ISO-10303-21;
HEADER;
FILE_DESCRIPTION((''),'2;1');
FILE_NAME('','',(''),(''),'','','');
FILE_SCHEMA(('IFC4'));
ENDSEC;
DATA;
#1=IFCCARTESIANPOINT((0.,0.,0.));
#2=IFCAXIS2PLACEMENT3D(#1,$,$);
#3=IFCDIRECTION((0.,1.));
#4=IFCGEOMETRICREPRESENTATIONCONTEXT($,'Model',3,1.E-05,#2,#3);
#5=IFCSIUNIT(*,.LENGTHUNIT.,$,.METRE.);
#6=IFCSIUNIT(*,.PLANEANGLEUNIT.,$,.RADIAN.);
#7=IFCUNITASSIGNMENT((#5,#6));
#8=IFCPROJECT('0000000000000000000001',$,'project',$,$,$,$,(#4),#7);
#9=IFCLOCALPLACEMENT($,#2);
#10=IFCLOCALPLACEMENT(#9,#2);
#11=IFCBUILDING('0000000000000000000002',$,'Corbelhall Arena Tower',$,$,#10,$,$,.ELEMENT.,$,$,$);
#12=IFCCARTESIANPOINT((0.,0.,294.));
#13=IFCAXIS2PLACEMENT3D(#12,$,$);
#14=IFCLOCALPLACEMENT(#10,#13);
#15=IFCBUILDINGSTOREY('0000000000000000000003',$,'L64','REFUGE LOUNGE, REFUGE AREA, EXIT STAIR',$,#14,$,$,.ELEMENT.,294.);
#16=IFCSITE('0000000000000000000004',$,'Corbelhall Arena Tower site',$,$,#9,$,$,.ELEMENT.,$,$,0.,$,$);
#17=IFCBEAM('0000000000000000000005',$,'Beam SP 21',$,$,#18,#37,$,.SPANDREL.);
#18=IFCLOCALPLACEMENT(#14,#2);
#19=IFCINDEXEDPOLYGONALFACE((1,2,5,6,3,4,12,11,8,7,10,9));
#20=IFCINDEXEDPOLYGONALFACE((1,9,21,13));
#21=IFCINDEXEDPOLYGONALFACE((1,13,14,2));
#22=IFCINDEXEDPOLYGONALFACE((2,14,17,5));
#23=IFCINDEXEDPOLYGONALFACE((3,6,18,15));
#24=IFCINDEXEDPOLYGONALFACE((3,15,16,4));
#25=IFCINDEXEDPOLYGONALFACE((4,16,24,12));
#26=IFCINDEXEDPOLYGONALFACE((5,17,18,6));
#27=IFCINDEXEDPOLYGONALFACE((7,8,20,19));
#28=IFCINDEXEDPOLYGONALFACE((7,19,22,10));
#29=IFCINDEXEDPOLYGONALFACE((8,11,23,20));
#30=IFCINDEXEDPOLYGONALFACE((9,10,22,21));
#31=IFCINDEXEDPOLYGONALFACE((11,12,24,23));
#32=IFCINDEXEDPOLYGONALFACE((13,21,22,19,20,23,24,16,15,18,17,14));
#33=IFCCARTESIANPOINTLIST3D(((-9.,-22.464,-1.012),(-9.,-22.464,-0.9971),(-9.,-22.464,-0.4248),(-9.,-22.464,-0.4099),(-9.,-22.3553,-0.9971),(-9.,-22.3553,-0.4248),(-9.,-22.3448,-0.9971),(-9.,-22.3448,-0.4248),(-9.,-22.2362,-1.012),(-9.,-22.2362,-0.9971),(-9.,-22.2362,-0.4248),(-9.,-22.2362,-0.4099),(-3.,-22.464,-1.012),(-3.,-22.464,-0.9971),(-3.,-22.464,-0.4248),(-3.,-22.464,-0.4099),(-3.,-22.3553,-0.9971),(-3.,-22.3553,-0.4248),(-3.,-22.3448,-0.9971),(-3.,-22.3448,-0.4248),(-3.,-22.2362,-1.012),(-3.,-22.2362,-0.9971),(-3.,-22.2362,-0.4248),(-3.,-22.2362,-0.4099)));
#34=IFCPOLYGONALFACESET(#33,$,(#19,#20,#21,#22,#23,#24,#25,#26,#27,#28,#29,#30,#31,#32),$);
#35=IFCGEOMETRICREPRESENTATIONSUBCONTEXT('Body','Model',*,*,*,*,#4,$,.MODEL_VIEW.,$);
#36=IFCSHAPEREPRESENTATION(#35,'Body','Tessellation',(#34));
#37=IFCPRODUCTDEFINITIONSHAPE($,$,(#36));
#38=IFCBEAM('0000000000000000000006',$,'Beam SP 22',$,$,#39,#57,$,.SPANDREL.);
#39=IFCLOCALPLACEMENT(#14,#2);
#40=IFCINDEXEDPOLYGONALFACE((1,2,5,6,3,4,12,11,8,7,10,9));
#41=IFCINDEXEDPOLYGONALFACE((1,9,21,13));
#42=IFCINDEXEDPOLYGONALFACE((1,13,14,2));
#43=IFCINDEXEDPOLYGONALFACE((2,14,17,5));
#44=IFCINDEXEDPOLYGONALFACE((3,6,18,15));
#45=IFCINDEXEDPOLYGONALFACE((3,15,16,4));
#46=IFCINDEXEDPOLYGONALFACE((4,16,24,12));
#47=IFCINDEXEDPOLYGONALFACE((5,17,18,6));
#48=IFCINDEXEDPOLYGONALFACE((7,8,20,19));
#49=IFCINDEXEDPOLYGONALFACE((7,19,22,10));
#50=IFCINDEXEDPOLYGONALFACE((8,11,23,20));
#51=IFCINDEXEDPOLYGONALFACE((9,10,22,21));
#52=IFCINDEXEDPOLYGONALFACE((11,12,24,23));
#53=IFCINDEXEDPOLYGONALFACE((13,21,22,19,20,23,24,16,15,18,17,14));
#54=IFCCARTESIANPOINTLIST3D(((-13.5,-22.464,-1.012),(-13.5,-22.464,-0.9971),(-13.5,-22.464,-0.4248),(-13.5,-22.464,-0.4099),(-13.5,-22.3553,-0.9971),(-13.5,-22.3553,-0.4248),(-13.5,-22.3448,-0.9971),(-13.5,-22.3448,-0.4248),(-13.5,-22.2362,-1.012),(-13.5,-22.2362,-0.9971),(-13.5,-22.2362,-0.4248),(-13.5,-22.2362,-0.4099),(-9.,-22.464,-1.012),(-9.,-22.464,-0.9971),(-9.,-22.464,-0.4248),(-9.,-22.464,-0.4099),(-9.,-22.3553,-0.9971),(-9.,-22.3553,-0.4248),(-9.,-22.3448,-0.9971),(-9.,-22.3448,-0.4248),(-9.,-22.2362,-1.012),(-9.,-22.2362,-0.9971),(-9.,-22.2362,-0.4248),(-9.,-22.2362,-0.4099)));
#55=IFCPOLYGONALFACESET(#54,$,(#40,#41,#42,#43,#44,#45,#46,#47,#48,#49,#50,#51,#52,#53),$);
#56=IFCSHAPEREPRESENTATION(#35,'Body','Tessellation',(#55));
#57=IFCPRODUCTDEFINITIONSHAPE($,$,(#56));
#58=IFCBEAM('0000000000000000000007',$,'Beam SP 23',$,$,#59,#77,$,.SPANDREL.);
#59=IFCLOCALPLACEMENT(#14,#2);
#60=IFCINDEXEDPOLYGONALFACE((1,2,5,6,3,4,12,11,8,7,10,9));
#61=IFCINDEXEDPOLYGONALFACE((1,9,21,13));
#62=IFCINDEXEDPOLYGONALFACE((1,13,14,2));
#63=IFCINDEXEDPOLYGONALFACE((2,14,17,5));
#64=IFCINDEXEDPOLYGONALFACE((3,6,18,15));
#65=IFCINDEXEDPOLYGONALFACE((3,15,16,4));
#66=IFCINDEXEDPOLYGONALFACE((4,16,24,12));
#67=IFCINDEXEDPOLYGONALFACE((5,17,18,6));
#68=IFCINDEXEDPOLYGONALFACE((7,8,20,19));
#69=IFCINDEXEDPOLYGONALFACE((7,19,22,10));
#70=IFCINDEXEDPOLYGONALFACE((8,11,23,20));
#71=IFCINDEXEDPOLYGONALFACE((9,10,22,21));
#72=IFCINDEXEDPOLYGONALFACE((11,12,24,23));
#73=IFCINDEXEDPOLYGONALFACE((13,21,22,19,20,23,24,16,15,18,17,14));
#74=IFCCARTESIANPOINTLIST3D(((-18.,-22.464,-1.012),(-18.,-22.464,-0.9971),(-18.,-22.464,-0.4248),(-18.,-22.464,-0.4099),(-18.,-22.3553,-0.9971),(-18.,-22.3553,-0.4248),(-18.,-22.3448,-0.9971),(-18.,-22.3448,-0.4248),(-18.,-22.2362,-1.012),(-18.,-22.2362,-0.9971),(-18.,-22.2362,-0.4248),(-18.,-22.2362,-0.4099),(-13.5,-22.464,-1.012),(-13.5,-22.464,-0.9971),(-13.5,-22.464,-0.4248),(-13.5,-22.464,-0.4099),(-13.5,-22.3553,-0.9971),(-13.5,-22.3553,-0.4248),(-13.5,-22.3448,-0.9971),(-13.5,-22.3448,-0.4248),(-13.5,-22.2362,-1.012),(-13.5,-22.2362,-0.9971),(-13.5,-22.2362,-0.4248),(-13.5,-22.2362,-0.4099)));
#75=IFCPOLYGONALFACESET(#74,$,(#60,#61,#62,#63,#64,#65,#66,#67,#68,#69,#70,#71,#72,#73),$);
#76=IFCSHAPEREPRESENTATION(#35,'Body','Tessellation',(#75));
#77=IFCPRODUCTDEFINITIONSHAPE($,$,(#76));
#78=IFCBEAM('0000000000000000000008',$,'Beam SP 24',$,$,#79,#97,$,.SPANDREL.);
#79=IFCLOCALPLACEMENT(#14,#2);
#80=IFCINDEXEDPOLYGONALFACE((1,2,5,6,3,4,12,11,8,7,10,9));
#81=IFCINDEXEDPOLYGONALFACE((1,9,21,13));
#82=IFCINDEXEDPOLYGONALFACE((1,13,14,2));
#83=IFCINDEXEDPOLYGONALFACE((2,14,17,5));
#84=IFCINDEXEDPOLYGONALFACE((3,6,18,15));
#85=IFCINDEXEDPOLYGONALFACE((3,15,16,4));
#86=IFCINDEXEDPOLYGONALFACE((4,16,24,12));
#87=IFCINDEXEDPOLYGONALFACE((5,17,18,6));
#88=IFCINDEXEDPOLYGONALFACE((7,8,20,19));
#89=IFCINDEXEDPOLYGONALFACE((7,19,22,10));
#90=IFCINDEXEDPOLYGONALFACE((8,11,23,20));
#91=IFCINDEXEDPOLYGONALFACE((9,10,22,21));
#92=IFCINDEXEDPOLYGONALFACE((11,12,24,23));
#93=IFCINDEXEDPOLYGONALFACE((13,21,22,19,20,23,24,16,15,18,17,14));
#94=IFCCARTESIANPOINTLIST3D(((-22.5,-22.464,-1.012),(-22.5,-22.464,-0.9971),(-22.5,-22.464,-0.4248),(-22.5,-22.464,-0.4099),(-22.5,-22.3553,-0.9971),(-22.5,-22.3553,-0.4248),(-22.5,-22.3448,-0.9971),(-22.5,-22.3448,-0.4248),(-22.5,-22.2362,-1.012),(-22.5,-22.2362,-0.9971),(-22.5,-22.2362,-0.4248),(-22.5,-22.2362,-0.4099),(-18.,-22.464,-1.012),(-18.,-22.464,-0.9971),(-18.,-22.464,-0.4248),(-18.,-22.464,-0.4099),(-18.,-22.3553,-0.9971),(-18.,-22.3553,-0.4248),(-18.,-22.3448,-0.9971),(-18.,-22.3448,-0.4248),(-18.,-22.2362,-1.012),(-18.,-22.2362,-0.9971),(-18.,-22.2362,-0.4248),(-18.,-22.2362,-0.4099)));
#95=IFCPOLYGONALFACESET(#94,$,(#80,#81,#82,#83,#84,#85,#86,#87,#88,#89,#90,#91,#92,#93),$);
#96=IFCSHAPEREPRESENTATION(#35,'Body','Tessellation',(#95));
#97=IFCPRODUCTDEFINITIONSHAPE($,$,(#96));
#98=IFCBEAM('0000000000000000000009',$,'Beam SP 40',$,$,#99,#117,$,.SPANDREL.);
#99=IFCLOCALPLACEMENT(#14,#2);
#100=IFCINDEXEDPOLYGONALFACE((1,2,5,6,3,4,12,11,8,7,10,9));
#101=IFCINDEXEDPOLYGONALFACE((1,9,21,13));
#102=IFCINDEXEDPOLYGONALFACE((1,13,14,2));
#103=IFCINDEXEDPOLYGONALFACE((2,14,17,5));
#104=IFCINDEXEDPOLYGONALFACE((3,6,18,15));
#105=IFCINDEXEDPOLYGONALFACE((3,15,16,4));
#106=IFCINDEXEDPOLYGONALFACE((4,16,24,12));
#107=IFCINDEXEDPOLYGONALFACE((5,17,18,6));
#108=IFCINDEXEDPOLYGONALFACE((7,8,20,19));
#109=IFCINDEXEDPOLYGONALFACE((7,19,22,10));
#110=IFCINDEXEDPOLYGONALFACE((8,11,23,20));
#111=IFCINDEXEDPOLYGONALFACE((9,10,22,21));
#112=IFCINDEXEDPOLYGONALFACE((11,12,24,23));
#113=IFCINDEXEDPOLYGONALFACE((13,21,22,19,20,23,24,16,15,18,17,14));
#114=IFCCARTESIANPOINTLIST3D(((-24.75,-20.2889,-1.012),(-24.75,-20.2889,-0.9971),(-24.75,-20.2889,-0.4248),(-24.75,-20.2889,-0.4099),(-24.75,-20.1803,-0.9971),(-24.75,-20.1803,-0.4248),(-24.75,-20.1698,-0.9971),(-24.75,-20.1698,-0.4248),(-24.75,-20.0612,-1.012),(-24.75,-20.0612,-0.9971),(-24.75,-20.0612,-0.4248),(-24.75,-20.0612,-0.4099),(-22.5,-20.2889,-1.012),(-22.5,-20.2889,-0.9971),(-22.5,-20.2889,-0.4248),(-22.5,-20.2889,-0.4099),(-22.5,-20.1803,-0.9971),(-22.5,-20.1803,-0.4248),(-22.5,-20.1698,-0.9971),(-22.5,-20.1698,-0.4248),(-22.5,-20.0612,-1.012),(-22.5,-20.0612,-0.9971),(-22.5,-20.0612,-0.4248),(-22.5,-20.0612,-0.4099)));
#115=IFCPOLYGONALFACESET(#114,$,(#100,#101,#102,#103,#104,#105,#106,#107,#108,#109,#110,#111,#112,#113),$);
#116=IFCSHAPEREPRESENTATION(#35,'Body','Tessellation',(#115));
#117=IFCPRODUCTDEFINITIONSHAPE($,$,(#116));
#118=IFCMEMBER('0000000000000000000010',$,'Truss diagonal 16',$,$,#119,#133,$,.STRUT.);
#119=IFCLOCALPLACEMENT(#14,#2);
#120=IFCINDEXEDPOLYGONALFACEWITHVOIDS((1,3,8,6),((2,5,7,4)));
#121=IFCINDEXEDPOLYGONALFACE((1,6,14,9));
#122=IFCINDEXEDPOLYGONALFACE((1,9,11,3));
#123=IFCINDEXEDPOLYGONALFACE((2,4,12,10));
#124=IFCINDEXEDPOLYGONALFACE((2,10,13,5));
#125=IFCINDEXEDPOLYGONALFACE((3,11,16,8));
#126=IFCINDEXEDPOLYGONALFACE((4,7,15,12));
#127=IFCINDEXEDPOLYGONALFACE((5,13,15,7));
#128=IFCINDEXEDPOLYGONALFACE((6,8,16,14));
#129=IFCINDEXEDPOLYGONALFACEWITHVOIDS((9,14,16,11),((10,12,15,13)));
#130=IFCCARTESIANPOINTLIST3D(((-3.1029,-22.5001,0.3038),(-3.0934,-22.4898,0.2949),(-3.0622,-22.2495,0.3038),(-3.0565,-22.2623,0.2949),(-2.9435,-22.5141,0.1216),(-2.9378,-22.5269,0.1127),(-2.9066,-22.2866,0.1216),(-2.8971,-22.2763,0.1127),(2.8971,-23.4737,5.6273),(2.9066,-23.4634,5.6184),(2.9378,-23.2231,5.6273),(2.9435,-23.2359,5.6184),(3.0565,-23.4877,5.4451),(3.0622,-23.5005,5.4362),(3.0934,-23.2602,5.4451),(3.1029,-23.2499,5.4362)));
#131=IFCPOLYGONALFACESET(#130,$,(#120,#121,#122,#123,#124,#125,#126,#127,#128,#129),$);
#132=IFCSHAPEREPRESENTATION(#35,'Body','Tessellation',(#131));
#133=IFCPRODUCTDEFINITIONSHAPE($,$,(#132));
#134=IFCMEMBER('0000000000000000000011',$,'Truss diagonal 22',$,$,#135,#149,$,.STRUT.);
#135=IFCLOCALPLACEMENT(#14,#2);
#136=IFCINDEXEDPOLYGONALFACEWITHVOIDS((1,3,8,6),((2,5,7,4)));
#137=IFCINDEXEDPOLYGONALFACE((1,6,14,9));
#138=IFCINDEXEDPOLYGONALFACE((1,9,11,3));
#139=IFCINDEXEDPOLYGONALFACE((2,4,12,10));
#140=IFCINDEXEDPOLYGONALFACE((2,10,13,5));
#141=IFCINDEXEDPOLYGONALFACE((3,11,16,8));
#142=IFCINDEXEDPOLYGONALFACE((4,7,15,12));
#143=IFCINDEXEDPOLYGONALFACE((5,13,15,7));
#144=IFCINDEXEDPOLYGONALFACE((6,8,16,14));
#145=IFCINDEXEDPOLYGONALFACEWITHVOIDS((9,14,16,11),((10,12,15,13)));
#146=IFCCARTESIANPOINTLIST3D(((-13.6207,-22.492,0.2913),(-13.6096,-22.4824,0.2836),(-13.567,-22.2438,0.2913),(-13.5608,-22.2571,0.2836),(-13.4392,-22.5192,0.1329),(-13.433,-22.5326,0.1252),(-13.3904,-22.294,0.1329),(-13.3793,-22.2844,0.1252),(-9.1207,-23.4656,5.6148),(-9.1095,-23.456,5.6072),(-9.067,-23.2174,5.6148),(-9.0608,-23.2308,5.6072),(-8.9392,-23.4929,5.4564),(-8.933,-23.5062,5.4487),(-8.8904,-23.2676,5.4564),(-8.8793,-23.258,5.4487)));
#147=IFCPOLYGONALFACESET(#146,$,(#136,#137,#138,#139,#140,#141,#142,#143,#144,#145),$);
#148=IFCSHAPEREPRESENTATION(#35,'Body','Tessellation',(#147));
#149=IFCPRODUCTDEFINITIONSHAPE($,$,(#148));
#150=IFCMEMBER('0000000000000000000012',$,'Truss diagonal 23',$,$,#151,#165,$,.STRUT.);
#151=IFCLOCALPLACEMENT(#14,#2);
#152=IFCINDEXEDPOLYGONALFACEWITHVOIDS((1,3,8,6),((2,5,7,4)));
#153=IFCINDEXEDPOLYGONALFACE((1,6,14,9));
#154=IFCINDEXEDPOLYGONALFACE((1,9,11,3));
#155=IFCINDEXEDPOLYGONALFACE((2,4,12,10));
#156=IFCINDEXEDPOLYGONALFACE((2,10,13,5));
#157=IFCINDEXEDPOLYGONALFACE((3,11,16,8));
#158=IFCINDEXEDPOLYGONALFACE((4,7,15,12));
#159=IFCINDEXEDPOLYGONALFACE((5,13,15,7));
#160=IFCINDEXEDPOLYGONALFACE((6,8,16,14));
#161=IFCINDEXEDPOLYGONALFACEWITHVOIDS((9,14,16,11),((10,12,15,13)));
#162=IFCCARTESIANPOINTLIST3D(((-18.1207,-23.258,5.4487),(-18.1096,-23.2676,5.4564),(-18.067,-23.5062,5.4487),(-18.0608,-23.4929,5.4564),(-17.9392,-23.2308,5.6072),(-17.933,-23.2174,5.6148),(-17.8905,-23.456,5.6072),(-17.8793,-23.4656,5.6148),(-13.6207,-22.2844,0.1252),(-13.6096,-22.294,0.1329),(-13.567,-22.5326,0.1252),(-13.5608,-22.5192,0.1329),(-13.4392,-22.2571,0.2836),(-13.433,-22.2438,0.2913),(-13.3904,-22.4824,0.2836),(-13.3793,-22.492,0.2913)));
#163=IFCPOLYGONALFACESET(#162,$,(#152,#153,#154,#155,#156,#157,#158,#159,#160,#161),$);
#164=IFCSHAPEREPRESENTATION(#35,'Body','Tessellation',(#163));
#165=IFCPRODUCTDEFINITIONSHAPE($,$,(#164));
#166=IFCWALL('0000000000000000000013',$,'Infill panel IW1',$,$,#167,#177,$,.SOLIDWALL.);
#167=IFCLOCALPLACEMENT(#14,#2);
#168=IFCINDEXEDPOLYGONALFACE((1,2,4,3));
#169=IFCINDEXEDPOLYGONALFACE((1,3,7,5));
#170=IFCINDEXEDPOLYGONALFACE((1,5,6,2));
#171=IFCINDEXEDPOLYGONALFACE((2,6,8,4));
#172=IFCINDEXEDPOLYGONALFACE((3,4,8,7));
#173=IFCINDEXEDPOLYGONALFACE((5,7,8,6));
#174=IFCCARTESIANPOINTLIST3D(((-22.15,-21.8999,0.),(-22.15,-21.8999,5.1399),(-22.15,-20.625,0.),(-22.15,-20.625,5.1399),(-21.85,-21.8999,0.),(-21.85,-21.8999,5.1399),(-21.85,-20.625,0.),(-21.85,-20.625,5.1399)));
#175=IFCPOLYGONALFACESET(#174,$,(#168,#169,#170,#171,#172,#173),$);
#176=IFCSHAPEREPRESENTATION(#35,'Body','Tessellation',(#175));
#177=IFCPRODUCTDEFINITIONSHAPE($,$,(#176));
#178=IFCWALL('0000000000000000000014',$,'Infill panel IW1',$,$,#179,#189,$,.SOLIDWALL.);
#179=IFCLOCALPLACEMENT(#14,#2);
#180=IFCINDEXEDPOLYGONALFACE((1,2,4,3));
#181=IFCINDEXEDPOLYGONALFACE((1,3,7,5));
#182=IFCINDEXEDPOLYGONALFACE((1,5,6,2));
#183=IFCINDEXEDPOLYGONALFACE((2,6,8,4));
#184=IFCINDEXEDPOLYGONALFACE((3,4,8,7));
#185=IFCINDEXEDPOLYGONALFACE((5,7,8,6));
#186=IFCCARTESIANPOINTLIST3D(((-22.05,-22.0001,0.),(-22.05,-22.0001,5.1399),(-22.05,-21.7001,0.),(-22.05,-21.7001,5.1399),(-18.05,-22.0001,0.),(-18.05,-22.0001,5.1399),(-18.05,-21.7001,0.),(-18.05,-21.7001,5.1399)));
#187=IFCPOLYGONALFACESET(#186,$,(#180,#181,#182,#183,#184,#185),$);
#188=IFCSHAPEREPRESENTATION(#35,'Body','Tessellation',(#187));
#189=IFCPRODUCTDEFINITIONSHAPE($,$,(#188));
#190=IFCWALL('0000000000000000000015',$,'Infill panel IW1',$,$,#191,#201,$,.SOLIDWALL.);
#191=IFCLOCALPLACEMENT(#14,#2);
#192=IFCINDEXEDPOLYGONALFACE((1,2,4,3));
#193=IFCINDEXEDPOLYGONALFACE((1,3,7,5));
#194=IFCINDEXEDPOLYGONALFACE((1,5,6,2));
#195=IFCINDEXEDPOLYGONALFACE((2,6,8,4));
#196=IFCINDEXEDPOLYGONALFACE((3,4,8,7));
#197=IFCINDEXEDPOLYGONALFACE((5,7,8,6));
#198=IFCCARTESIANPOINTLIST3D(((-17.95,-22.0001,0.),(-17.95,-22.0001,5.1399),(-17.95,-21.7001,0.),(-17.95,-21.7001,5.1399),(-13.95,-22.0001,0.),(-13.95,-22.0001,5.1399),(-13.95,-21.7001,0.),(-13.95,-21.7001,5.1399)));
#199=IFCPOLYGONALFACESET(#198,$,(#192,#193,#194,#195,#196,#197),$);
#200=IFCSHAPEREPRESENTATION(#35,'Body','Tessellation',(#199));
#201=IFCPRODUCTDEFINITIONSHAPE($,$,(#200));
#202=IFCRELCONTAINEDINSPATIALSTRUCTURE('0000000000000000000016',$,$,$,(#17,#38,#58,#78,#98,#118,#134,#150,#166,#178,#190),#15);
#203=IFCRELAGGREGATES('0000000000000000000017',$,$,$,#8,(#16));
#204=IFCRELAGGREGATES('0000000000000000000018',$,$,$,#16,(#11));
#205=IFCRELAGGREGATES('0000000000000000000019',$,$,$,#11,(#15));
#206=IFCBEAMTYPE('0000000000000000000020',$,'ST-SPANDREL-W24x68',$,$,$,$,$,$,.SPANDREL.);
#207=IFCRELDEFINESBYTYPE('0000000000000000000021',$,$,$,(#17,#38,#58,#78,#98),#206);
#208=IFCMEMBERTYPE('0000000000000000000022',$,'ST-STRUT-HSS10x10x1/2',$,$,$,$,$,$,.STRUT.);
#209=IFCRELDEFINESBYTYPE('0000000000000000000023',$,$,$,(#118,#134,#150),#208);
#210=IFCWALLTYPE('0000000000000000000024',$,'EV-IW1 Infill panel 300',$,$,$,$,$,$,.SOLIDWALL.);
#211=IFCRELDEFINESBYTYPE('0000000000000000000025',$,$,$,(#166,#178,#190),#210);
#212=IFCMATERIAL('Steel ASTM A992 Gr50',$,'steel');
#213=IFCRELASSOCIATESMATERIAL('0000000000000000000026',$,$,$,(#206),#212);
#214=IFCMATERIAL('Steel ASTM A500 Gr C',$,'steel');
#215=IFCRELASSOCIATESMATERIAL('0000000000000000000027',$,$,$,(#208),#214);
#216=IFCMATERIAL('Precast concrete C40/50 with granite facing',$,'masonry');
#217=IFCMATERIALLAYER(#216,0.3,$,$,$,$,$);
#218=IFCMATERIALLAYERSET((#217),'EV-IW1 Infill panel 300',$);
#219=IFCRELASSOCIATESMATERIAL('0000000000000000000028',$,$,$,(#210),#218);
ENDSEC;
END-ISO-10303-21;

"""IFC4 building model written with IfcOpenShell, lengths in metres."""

from ifc_helpers import new_model, si_unit, direction, frame, frame_2d, origin, origin_2d, place, context, subcontext, project, spatial, rectangle, hollow_rectangle, i_section, extrude, material, layer, layer_set, material_profile, profile_set, type_object, element, save


model = new_model("IFC4")

# Units and contexts
model_context = context("Model", 3, precision=1e-05, world=origin(), true_north=direction((0.0, 1.0)))
body_context = subcontext(model_context, "Body", "Model", "MODEL_VIEW")
ifc_project = project(units=[si_unit("LENGTHUNIT", "METRE"), si_unit("PLANEANGLEUNIT", "RADIAN")], contexts=[model_context])

# Site, building, storey
site_placement = place(None, origin())
site = spatial("IfcSite", under=ifc_project, at=site_placement, Name="Corbelhall Arena Tower site", CompositionType="ELEMENT", RefElevation=0.0)
building_placement = place(site_placement, origin())
building = spatial("IfcBuilding", under=site, at=building_placement, Name="Corbelhall Arena Tower", CompositionType="ELEMENT")
storey_placement = place(building_placement, frame((0.0, 0.0, 294.0)))
storey = spatial("IfcBuildingStorey", under=building, at=storey_placement, Name="L64", Description="REFUGE LOUNGE, REFUGE AREA, EXIT STAIR", CompositionType="ELEMENT", Elevation=294.0)

# Shared definitions
ifc_material_1 = material(Name="Steel ASTM A992 Gr50", Category="steel")

# Beams
ifc_material_profile_1 = material_profile(ifc_material_1, i_section(OverallWidth=0.2278, OverallDepth=0.6021, WebThickness=0.0105, FlangeThickness=0.0149, at=origin_2d()))
ifc_profile_set_1 = profile_set([ifc_material_profile_1], Name="Steel ASTM A992 Gr50")
beam_type = type_object("IfcBeamType", Name="ST-SPANDREL-W24x68", PredefinedType="SPANDREL", material=ifc_profile_set_1)
beam_1_placement = place(storey_placement, frame((-3.0, -22.3501, -0.7109), z_axis=(-1.0, 0.0, 0.0), x_axis=(0.0, -1.0, 0.0)))
element("IfcBeam", 1, at=beam_1_placement, inside=storey, type_object=beam_type, Name="Beam SP 21", PredefinedType="SPANDREL", context=body_context, shape_type="SweptSolid", body=[
    extrude(i_section(OverallWidth=0.2278, OverallDepth=0.6021, WebThickness=0.0105, FlangeThickness=0.0149, at=origin_2d()), origin(), (0.0, 0.0, 1.0), 6.0),
])
for number, where, z_axis, x_axis, name in (
    (2, (-9.0, -22.3501, -0.7109), (-1.0, 0.0, 0.0), (0.0, -1.0, 0.0), "Beam SP 22"),
    (3, (-13.5, -22.3501, -0.7109), (-1.0, 0.0, 0.0), (0.0, -1.0, 0.0), "Beam SP 23"),
    (4, (-18.0, -22.3501, -0.7109), (-1.0, 0.0, 0.0), (0.0, -1.0, 0.0), "Beam SP 24"),
):
    element("IfcBeam", number, at=place(storey_placement, frame(where, z_axis=z_axis, x_axis=x_axis)), inside=storey, type_object=beam_type, Name=name, PredefinedType="SPANDREL", context=body_context, shape_type="SweptSolid", body=[
        extrude(i_section(OverallWidth=0.2278, OverallDepth=0.6021, WebThickness=0.0105, FlangeThickness=0.0149, at=origin_2d()), origin(), (0.0, 0.0, 1.0), 4.5),
    ])
beam_2_placement = place(storey_placement, frame((-22.5, -20.175, -0.7109), z_axis=(-1.0, 0.0, 0.0), x_axis=(0.0, -1.0, 0.0)))
element("IfcBeam", 5, at=beam_2_placement, inside=storey, type_object=beam_type, Name="Beam SP 40", PredefinedType="SPANDREL", context=body_context, shape_type="SweptSolid", body=[
    extrude(i_section(OverallWidth=0.2278, OverallDepth=0.6021, WebThickness=0.0105, FlangeThickness=0.0149, at=origin_2d()), origin(), (0.0, 0.0, 1.0), 2.25),
])

# Members
ifc_material_2 = material(Name="Steel ASTM A500 Gr C", Category="steel")
ifc_material_profile_2 = material_profile(ifc_material_2, hollow_rectangle(XDim=0.2539, YDim=0.2539, WallThickness=0.0117, at=origin_2d()))
ifc_profile_set_2 = profile_set([ifc_material_profile_2], Name="Steel ASTM A500 Gr C")
member_type_1 = type_object("IfcMemberType", Name="ST-STRUT-HSS10x10x1/2", PredefinedType="STRUT", material=ifc_profile_set_2)
member_placement = place(storey_placement, frame((-3.0, -22.3882, 0.2083), z_axis=(0.742568, -0.120498, 0.658842), x_axis=(0.160177, 0.987088, 0.0)))
element("IfcMember", 6, at=member_placement, inside=storey, type_object=member_type_1, Name="Truss diagonal 16", PredefinedType="STRUT", context=body_context, shape_type="SweptSolid", body=[
    extrude(hollow_rectangle(XDim=0.2539, YDim=0.2539, WallThickness=0.0117, at=origin_2d()), origin(), (0.0, 0.0, 1.0), 8.0801),
])
for number, where, z_axis, x_axis, name in (
    (7, (-13.5, -22.3882, 0.2083), (0.63936, -0.138334, 0.756361), (0.21147, 0.977385, 0.0), "Truss diagonal 22"),
    (8, (-13.5, -22.3882, 0.2083), (-0.63936, -0.138334, 0.756361), (0.21147, -0.977385, 0.0), "Truss diagonal 23"),
):
    element("IfcMember", number, at=place(storey_placement, frame(where, z_axis=z_axis, x_axis=x_axis)), inside=storey, type_object=member_type_1, Name=name, PredefinedType="STRUT", context=body_context, shape_type="SweptSolid", body=[
        extrude(hollow_rectangle(XDim=0.2539, YDim=0.2539, WallThickness=0.0117, at=origin_2d()), origin(), (0.0, 0.0, 1.0), 7.0383),
    ])

# Walls
ifc_material_3 = material(Name="Precast concrete C40/50 with granite facing", Category="masonry")
ifc_layer_1 = layer(ifc_material_3, 0.3)
ifc_layer_set_1 = layer_set([ifc_layer_1], Name="EV-IW1 Infill panel 300")
wall_type_1 = type_object("IfcWallType", Name="EV-IW1 Infill panel 300", PredefinedType="SOLIDWALL", material=ifc_layer_set_1)
wall_1_placement = place(storey_placement, frame((-22.0, -20.625, 0.0), z_axis=(0.0, 0.0, 1.0), x_axis=(0.0, -1.0, 0.0)))
element("IfcWall", 9, at=wall_1_placement, inside=storey, type_object=wall_type_1, Name="Infill panel IW1", PredefinedType="SOLIDWALL", context=body_context, shape_type="SweptSolid", body=[
    extrude(rectangle(XDim=1.2749, YDim=0.3, at=frame_2d((0.6375, 0.0))), origin(), (0.0, 0.0, 1.0), 5.1399),
])
for number, where, z_axis, x_axis, name in (
    (10, (-22.05, -21.8501, 0.0), (0.0, 0.0, 1.0), (1.0, 0.0, 0.0), "Infill panel IW1"),
    (11, (-17.95, -21.8501, 0.0), (0.0, 0.0, 1.0), (1.0, 0.0, 0.0), "Infill panel IW1"),
):
    element("IfcWall", number, at=place(storey_placement, frame(where, z_axis=z_axis, x_axis=x_axis)), inside=storey, type_object=wall_type_1, Name=name, PredefinedType="SOLIDWALL", context=body_context, shape_type="SweptSolid", body=[
        extrude(rectangle(XDim=4.0, YDim=0.3, at=frame_2d((2.0, 0.0))), origin(), (0.0, 0.0, 1.0), 5.1399),
    ])

save(model, "model.ifc")
